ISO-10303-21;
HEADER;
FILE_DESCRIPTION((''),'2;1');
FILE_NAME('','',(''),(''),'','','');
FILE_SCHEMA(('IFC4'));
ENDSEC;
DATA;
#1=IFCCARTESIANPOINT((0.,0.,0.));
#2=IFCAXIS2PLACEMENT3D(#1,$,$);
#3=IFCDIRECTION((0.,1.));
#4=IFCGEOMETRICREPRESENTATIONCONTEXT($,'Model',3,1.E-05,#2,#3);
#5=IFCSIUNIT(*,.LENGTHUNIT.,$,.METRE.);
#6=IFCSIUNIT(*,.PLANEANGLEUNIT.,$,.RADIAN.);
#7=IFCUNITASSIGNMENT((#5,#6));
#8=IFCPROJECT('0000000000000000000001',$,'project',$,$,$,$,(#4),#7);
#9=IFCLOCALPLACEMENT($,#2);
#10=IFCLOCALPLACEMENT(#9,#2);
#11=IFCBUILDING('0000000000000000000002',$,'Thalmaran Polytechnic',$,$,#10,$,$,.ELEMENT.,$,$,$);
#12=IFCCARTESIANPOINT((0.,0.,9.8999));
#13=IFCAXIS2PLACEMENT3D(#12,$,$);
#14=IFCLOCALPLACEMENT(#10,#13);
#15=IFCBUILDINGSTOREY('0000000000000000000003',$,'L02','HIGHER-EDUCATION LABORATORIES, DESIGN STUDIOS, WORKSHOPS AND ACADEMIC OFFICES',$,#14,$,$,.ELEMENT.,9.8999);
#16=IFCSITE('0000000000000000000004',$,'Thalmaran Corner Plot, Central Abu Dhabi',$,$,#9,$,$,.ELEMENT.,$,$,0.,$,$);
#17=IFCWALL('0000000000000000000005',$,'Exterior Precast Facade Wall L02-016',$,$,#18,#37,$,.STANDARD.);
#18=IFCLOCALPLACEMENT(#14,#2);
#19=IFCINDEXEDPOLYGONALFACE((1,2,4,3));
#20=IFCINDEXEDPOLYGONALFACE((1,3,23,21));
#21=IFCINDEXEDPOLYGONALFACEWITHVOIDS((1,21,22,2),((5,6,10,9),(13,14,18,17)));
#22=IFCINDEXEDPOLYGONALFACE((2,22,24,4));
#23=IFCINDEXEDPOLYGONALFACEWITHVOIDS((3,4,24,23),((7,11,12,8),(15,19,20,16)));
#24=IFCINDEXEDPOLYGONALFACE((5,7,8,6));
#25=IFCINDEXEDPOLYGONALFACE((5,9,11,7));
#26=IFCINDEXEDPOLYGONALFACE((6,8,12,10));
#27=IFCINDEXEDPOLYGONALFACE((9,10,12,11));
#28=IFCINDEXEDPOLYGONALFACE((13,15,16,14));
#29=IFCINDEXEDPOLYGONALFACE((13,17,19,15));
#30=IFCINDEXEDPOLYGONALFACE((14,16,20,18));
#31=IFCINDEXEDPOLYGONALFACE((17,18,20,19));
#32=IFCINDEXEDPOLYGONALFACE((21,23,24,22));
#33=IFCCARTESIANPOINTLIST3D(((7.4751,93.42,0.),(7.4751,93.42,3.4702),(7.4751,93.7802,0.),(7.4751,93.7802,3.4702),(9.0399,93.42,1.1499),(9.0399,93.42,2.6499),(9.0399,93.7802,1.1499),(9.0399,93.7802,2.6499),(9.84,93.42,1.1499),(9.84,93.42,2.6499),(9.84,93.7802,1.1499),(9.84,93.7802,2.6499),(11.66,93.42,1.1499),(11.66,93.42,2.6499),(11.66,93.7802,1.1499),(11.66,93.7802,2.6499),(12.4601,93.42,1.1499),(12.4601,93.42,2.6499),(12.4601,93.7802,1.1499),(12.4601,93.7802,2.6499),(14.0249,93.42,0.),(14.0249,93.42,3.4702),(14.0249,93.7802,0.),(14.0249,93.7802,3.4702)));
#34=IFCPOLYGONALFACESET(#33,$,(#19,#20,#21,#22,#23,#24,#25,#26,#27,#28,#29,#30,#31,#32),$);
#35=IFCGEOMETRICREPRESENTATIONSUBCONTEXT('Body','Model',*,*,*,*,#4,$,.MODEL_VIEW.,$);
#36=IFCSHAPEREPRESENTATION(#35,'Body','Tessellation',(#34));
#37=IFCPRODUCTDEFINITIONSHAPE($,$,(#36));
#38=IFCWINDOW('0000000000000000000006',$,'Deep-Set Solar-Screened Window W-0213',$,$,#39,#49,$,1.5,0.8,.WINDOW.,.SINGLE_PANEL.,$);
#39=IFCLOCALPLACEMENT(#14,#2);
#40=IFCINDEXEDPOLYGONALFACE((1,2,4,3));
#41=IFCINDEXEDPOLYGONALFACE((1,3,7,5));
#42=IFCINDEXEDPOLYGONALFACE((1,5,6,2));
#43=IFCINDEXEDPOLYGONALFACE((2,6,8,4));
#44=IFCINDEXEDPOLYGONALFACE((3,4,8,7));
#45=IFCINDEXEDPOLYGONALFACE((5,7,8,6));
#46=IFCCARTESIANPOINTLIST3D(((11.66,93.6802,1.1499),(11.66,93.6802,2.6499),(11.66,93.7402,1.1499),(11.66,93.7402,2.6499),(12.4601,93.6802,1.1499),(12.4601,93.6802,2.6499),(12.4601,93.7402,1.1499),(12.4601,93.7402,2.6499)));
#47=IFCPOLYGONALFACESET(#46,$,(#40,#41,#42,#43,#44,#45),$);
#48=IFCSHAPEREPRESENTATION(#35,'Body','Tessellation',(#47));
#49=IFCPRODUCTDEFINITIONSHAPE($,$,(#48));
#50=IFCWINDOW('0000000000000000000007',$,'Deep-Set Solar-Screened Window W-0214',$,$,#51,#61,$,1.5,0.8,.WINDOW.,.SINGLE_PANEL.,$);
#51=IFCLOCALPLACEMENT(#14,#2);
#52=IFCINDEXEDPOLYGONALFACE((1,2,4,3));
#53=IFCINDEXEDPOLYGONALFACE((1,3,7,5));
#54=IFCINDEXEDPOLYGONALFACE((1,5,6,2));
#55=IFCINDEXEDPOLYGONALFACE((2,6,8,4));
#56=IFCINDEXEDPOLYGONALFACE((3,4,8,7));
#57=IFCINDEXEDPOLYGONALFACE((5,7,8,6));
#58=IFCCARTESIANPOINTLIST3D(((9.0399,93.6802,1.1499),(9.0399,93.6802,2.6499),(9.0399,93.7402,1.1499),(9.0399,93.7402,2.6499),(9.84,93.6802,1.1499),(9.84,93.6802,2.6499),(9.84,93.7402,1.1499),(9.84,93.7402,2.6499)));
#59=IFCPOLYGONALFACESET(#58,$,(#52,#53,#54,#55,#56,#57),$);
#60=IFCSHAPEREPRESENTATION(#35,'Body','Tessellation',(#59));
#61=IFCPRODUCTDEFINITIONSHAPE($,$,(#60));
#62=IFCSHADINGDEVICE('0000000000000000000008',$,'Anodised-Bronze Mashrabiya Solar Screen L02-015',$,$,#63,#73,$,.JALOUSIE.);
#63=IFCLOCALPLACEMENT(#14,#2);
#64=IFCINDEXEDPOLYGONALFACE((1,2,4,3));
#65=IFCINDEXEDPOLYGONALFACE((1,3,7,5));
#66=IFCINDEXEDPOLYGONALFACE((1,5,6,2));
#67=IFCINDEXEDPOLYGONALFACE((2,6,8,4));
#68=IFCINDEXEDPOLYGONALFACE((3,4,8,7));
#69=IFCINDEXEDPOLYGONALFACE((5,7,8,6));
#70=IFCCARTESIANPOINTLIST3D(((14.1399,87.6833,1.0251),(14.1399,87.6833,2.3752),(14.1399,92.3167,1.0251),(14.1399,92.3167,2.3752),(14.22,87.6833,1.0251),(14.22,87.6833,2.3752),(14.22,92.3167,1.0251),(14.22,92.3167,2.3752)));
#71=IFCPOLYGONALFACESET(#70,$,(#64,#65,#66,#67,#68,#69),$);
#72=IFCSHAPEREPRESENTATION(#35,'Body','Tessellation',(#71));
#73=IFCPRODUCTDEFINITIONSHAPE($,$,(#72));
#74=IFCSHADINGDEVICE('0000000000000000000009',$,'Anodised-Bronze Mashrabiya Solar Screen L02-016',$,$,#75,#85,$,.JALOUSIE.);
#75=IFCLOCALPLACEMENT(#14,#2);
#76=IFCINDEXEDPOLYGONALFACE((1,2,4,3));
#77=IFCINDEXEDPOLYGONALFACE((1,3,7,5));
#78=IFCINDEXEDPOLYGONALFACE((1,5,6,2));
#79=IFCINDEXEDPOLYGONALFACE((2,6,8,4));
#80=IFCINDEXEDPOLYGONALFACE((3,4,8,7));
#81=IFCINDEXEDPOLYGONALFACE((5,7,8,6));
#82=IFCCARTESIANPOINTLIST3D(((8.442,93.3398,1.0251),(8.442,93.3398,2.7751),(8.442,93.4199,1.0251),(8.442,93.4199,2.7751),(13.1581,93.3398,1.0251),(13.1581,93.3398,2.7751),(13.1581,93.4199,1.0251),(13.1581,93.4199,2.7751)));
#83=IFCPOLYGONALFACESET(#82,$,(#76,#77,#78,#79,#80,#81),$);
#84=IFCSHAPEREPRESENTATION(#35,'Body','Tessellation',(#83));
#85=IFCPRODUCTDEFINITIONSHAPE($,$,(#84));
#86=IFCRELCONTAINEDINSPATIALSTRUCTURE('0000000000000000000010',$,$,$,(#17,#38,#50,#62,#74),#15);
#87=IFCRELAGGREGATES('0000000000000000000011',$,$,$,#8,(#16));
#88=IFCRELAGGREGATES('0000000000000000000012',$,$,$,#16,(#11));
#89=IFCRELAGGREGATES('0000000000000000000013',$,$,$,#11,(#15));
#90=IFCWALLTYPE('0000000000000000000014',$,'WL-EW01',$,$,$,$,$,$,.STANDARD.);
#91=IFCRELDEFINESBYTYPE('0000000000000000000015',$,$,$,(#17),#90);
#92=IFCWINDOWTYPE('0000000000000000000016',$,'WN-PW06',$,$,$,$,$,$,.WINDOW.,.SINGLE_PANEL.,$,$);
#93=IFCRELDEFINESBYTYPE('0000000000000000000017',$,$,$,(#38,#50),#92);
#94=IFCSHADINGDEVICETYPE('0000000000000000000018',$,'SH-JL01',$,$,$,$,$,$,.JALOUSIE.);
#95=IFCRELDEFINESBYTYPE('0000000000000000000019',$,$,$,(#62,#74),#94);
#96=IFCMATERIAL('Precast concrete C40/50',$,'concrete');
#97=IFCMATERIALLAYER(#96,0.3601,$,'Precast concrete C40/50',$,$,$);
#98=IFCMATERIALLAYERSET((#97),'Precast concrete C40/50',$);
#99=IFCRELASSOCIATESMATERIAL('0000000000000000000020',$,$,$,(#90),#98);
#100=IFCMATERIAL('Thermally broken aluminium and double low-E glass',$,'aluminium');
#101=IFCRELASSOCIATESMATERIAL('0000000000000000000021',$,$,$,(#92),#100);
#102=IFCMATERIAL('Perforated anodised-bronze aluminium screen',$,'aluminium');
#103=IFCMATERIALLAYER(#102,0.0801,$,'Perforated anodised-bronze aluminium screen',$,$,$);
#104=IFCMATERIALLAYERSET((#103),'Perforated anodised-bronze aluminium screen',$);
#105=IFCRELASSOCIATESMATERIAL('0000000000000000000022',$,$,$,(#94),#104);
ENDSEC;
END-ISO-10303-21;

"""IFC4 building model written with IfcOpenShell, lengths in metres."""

from ifc_helpers import new_model, si_unit, direction, frame, frame_2d, origin, origin_2d, place, context, subcontext, project, spatial, rectangle, extrude, material, layer, layer_set, type_object, element, fill, save


model = new_model("IFC4")

# Units and contexts
model_context = context("Model", 3, precision=1e-05, world=origin(), true_north=direction((0.0, 1.0)))
body_context = subcontext(model_context, "Body", "Model", "MODEL_VIEW")
ifc_project = project(units=[si_unit("LENGTHUNIT", "METRE"), si_unit("PLANEANGLEUNIT", "RADIAN")], contexts=[model_context])

# Site, building, storey
site_placement = place(None, origin())
site = spatial("IfcSite", under=ifc_project, at=site_placement, Name="Thalmaran Corner Plot, Central Abu Dhabi", CompositionType="ELEMENT", RefElevation=0.0)
building_placement = place(site_placement, origin())
building = spatial("IfcBuilding", under=site, at=building_placement, Name="Thalmaran Polytechnic", CompositionType="ELEMENT")
storey_placement = place(building_placement, frame((0.0, 0.0, 9.8999)))
storey = spatial("IfcBuildingStorey", under=building, at=storey_placement, Name="L02", Description="HIGHER-EDUCATION LABORATORIES, DESIGN STUDIOS, WORKSHOPS AND ACADEMIC OFFICES", CompositionType="ELEMENT", Elevation=9.8999)

# Wall, openings, windows
ifc_material_1 = material(Name="Precast concrete C40/50", Category="concrete")
ifc_layer_1 = layer(ifc_material_1, 0.3601, Name="Precast concrete C40/50")
ifc_layer_set_1 = layer_set([ifc_layer_1], Name="Precast concrete C40/50")
wall_type = type_object("IfcWallType", Name="WL-EW01", PredefinedType="STANDARD", material=ifc_layer_set_1)
wall_placement = place(storey_placement, frame((14.0249, 93.6001, 0.0), z_axis=(0.0, 0.0, 1.0), x_axis=(-1.0, 0.0, 0.0)))
wall = element("IfcWall", 1, at=wall_placement, inside=storey, type_object=wall_type, Name="Exterior Precast Facade Wall L02-016", PredefinedType="STANDARD", context=body_context, shape_type="SweptSolid", body=[
    extrude(rectangle(XDim=6.5498, YDim=0.3601, at=frame_2d((3.2749, 0.0))), origin(), (0.0, 0.0, 1.0), 3.4702),
])
opening_1_placement = place(wall_placement, frame((1.5649, 0.0, 1.1499)))
opening_1 = element("IfcOpeningElement", 2, at=opening_1_placement, cuts=wall, PredefinedType="OPENING", context=body_context, shape_type="SweptSolid", body=[
    extrude(rectangle(XDim=0.8, YDim=1.5, at=frame_2d((0.3999, 0.75))), frame((0.0, 0.1899, 0.0), z_axis=(0.0, -1.0, 0.0), x_axis=(1.0, 0.0, 0.0)), (0.0, 0.0, 1.0), 0.3801),
])
opening_2_placement = place(wall_placement, frame((4.1851, 0.0, 1.1499)))
opening_2 = element("IfcOpeningElement", 3, at=opening_2_placement, cuts=wall, PredefinedType="OPENING", context=body_context, shape_type="SweptSolid", body=[
    extrude(rectangle(XDim=0.8, YDim=1.5, at=frame_2d((0.3999, 0.75))), frame((0.0, 0.1899, 0.0), z_axis=(0.0, -1.0, 0.0), x_axis=(1.0, 0.0, 0.0)), (0.0, 0.0, 1.0), 0.3801),
])
ifc_material_2 = material(Name="Thermally broken aluminium and double low-E glass", Category="aluminium")
window_type = type_object("IfcWindowType", Name="WN-PW06", PartitioningType="SINGLE_PANEL", PredefinedType="WINDOW", material=ifc_material_2)
window_1_placement = place(opening_1_placement, origin())
window_1 = element("IfcWindow", 4, at=window_1_placement, inside=storey, type_object=window_type, Name="Deep-Set Solar-Screened Window W-0213", OverallHeight=1.5, OverallWidth=0.8, PartitioningType="SINGLE_PANEL", PredefinedType="WINDOW", context=body_context, shape_type="SweptSolid", body=[
    extrude(rectangle(XDim=0.8, YDim=1.5, at=frame_2d((0.3999, 0.75))), frame((0.0, -0.0801, 0.0), z_axis=(0.0, -1.0, 0.0), x_axis=(1.0, 0.0, 0.0)), (0.0, 0.0, 1.0), 0.0601),
])
fill(opening_1, window_1)
window_2_placement = place(opening_2_placement, origin())
window_2 = element("IfcWindow", 5, at=window_2_placement, inside=storey, type_object=window_type, Name="Deep-Set Solar-Screened Window W-0214", OverallHeight=1.5, OverallWidth=0.8, PartitioningType="SINGLE_PANEL", PredefinedType="WINDOW", context=body_context, shape_type="SweptSolid", body=[
    extrude(rectangle(XDim=0.8, YDim=1.5, at=frame_2d((0.3999, 0.75))), frame((0.0, -0.0801, 0.0), z_axis=(0.0, -1.0, 0.0), x_axis=(1.0, 0.0, 0.0)), (0.0, 0.0, 1.0), 0.0601),
])
fill(opening_2, window_2)

# Shading devices
ifc_material_3 = material(Name="Perforated anodised-bronze aluminium screen", Category="aluminium")
ifc_layer_2 = layer(ifc_material_3, 0.0801, Name="Perforated anodised-bronze aluminium screen")
ifc_layer_set_2 = layer_set([ifc_layer_2], Name="Perforated anodised-bronze aluminium screen")
shading_device_type = type_object("IfcShadingDeviceType", Name="SH-JL01", PredefinedType="JALOUSIE", material=ifc_layer_set_2)
shading_device_1_placement = place(storey_placement, frame((14.1799, 90.0, 1.0251), z_axis=(0.0, 0.0, 1.0), x_axis=(0.0, 1.0, 0.0)))
element("IfcShadingDevice", 6, at=shading_device_1_placement, inside=storey, type_object=shading_device_type, Name="Anodised-Bronze Mashrabiya Solar Screen L02-015", PredefinedType="JALOUSIE", context=body_context, shape_type="SweptSolid", body=[
    extrude(rectangle(XDim=4.6333, YDim=0.0801, at=origin_2d()), origin(), (0.0, 0.0, 1.0), 1.3501),
])
shading_device_2_placement = place(storey_placement, frame((10.8, 93.3799, 1.0251), z_axis=(0.0, 0.0, 1.0), x_axis=(-1.0, 0.0, 0.0)))
element("IfcShadingDevice", 7, at=shading_device_2_placement, inside=storey, type_object=shading_device_type, Name="Anodised-Bronze Mashrabiya Solar Screen L02-016", PredefinedType="JALOUSIE", context=body_context, shape_type="SweptSolid", body=[
    extrude(rectangle(XDim=4.7161, YDim=0.0801, at=origin_2d()), origin(), (0.0, 0.0, 1.0), 1.75),
])

save(model, "model.ifc")
